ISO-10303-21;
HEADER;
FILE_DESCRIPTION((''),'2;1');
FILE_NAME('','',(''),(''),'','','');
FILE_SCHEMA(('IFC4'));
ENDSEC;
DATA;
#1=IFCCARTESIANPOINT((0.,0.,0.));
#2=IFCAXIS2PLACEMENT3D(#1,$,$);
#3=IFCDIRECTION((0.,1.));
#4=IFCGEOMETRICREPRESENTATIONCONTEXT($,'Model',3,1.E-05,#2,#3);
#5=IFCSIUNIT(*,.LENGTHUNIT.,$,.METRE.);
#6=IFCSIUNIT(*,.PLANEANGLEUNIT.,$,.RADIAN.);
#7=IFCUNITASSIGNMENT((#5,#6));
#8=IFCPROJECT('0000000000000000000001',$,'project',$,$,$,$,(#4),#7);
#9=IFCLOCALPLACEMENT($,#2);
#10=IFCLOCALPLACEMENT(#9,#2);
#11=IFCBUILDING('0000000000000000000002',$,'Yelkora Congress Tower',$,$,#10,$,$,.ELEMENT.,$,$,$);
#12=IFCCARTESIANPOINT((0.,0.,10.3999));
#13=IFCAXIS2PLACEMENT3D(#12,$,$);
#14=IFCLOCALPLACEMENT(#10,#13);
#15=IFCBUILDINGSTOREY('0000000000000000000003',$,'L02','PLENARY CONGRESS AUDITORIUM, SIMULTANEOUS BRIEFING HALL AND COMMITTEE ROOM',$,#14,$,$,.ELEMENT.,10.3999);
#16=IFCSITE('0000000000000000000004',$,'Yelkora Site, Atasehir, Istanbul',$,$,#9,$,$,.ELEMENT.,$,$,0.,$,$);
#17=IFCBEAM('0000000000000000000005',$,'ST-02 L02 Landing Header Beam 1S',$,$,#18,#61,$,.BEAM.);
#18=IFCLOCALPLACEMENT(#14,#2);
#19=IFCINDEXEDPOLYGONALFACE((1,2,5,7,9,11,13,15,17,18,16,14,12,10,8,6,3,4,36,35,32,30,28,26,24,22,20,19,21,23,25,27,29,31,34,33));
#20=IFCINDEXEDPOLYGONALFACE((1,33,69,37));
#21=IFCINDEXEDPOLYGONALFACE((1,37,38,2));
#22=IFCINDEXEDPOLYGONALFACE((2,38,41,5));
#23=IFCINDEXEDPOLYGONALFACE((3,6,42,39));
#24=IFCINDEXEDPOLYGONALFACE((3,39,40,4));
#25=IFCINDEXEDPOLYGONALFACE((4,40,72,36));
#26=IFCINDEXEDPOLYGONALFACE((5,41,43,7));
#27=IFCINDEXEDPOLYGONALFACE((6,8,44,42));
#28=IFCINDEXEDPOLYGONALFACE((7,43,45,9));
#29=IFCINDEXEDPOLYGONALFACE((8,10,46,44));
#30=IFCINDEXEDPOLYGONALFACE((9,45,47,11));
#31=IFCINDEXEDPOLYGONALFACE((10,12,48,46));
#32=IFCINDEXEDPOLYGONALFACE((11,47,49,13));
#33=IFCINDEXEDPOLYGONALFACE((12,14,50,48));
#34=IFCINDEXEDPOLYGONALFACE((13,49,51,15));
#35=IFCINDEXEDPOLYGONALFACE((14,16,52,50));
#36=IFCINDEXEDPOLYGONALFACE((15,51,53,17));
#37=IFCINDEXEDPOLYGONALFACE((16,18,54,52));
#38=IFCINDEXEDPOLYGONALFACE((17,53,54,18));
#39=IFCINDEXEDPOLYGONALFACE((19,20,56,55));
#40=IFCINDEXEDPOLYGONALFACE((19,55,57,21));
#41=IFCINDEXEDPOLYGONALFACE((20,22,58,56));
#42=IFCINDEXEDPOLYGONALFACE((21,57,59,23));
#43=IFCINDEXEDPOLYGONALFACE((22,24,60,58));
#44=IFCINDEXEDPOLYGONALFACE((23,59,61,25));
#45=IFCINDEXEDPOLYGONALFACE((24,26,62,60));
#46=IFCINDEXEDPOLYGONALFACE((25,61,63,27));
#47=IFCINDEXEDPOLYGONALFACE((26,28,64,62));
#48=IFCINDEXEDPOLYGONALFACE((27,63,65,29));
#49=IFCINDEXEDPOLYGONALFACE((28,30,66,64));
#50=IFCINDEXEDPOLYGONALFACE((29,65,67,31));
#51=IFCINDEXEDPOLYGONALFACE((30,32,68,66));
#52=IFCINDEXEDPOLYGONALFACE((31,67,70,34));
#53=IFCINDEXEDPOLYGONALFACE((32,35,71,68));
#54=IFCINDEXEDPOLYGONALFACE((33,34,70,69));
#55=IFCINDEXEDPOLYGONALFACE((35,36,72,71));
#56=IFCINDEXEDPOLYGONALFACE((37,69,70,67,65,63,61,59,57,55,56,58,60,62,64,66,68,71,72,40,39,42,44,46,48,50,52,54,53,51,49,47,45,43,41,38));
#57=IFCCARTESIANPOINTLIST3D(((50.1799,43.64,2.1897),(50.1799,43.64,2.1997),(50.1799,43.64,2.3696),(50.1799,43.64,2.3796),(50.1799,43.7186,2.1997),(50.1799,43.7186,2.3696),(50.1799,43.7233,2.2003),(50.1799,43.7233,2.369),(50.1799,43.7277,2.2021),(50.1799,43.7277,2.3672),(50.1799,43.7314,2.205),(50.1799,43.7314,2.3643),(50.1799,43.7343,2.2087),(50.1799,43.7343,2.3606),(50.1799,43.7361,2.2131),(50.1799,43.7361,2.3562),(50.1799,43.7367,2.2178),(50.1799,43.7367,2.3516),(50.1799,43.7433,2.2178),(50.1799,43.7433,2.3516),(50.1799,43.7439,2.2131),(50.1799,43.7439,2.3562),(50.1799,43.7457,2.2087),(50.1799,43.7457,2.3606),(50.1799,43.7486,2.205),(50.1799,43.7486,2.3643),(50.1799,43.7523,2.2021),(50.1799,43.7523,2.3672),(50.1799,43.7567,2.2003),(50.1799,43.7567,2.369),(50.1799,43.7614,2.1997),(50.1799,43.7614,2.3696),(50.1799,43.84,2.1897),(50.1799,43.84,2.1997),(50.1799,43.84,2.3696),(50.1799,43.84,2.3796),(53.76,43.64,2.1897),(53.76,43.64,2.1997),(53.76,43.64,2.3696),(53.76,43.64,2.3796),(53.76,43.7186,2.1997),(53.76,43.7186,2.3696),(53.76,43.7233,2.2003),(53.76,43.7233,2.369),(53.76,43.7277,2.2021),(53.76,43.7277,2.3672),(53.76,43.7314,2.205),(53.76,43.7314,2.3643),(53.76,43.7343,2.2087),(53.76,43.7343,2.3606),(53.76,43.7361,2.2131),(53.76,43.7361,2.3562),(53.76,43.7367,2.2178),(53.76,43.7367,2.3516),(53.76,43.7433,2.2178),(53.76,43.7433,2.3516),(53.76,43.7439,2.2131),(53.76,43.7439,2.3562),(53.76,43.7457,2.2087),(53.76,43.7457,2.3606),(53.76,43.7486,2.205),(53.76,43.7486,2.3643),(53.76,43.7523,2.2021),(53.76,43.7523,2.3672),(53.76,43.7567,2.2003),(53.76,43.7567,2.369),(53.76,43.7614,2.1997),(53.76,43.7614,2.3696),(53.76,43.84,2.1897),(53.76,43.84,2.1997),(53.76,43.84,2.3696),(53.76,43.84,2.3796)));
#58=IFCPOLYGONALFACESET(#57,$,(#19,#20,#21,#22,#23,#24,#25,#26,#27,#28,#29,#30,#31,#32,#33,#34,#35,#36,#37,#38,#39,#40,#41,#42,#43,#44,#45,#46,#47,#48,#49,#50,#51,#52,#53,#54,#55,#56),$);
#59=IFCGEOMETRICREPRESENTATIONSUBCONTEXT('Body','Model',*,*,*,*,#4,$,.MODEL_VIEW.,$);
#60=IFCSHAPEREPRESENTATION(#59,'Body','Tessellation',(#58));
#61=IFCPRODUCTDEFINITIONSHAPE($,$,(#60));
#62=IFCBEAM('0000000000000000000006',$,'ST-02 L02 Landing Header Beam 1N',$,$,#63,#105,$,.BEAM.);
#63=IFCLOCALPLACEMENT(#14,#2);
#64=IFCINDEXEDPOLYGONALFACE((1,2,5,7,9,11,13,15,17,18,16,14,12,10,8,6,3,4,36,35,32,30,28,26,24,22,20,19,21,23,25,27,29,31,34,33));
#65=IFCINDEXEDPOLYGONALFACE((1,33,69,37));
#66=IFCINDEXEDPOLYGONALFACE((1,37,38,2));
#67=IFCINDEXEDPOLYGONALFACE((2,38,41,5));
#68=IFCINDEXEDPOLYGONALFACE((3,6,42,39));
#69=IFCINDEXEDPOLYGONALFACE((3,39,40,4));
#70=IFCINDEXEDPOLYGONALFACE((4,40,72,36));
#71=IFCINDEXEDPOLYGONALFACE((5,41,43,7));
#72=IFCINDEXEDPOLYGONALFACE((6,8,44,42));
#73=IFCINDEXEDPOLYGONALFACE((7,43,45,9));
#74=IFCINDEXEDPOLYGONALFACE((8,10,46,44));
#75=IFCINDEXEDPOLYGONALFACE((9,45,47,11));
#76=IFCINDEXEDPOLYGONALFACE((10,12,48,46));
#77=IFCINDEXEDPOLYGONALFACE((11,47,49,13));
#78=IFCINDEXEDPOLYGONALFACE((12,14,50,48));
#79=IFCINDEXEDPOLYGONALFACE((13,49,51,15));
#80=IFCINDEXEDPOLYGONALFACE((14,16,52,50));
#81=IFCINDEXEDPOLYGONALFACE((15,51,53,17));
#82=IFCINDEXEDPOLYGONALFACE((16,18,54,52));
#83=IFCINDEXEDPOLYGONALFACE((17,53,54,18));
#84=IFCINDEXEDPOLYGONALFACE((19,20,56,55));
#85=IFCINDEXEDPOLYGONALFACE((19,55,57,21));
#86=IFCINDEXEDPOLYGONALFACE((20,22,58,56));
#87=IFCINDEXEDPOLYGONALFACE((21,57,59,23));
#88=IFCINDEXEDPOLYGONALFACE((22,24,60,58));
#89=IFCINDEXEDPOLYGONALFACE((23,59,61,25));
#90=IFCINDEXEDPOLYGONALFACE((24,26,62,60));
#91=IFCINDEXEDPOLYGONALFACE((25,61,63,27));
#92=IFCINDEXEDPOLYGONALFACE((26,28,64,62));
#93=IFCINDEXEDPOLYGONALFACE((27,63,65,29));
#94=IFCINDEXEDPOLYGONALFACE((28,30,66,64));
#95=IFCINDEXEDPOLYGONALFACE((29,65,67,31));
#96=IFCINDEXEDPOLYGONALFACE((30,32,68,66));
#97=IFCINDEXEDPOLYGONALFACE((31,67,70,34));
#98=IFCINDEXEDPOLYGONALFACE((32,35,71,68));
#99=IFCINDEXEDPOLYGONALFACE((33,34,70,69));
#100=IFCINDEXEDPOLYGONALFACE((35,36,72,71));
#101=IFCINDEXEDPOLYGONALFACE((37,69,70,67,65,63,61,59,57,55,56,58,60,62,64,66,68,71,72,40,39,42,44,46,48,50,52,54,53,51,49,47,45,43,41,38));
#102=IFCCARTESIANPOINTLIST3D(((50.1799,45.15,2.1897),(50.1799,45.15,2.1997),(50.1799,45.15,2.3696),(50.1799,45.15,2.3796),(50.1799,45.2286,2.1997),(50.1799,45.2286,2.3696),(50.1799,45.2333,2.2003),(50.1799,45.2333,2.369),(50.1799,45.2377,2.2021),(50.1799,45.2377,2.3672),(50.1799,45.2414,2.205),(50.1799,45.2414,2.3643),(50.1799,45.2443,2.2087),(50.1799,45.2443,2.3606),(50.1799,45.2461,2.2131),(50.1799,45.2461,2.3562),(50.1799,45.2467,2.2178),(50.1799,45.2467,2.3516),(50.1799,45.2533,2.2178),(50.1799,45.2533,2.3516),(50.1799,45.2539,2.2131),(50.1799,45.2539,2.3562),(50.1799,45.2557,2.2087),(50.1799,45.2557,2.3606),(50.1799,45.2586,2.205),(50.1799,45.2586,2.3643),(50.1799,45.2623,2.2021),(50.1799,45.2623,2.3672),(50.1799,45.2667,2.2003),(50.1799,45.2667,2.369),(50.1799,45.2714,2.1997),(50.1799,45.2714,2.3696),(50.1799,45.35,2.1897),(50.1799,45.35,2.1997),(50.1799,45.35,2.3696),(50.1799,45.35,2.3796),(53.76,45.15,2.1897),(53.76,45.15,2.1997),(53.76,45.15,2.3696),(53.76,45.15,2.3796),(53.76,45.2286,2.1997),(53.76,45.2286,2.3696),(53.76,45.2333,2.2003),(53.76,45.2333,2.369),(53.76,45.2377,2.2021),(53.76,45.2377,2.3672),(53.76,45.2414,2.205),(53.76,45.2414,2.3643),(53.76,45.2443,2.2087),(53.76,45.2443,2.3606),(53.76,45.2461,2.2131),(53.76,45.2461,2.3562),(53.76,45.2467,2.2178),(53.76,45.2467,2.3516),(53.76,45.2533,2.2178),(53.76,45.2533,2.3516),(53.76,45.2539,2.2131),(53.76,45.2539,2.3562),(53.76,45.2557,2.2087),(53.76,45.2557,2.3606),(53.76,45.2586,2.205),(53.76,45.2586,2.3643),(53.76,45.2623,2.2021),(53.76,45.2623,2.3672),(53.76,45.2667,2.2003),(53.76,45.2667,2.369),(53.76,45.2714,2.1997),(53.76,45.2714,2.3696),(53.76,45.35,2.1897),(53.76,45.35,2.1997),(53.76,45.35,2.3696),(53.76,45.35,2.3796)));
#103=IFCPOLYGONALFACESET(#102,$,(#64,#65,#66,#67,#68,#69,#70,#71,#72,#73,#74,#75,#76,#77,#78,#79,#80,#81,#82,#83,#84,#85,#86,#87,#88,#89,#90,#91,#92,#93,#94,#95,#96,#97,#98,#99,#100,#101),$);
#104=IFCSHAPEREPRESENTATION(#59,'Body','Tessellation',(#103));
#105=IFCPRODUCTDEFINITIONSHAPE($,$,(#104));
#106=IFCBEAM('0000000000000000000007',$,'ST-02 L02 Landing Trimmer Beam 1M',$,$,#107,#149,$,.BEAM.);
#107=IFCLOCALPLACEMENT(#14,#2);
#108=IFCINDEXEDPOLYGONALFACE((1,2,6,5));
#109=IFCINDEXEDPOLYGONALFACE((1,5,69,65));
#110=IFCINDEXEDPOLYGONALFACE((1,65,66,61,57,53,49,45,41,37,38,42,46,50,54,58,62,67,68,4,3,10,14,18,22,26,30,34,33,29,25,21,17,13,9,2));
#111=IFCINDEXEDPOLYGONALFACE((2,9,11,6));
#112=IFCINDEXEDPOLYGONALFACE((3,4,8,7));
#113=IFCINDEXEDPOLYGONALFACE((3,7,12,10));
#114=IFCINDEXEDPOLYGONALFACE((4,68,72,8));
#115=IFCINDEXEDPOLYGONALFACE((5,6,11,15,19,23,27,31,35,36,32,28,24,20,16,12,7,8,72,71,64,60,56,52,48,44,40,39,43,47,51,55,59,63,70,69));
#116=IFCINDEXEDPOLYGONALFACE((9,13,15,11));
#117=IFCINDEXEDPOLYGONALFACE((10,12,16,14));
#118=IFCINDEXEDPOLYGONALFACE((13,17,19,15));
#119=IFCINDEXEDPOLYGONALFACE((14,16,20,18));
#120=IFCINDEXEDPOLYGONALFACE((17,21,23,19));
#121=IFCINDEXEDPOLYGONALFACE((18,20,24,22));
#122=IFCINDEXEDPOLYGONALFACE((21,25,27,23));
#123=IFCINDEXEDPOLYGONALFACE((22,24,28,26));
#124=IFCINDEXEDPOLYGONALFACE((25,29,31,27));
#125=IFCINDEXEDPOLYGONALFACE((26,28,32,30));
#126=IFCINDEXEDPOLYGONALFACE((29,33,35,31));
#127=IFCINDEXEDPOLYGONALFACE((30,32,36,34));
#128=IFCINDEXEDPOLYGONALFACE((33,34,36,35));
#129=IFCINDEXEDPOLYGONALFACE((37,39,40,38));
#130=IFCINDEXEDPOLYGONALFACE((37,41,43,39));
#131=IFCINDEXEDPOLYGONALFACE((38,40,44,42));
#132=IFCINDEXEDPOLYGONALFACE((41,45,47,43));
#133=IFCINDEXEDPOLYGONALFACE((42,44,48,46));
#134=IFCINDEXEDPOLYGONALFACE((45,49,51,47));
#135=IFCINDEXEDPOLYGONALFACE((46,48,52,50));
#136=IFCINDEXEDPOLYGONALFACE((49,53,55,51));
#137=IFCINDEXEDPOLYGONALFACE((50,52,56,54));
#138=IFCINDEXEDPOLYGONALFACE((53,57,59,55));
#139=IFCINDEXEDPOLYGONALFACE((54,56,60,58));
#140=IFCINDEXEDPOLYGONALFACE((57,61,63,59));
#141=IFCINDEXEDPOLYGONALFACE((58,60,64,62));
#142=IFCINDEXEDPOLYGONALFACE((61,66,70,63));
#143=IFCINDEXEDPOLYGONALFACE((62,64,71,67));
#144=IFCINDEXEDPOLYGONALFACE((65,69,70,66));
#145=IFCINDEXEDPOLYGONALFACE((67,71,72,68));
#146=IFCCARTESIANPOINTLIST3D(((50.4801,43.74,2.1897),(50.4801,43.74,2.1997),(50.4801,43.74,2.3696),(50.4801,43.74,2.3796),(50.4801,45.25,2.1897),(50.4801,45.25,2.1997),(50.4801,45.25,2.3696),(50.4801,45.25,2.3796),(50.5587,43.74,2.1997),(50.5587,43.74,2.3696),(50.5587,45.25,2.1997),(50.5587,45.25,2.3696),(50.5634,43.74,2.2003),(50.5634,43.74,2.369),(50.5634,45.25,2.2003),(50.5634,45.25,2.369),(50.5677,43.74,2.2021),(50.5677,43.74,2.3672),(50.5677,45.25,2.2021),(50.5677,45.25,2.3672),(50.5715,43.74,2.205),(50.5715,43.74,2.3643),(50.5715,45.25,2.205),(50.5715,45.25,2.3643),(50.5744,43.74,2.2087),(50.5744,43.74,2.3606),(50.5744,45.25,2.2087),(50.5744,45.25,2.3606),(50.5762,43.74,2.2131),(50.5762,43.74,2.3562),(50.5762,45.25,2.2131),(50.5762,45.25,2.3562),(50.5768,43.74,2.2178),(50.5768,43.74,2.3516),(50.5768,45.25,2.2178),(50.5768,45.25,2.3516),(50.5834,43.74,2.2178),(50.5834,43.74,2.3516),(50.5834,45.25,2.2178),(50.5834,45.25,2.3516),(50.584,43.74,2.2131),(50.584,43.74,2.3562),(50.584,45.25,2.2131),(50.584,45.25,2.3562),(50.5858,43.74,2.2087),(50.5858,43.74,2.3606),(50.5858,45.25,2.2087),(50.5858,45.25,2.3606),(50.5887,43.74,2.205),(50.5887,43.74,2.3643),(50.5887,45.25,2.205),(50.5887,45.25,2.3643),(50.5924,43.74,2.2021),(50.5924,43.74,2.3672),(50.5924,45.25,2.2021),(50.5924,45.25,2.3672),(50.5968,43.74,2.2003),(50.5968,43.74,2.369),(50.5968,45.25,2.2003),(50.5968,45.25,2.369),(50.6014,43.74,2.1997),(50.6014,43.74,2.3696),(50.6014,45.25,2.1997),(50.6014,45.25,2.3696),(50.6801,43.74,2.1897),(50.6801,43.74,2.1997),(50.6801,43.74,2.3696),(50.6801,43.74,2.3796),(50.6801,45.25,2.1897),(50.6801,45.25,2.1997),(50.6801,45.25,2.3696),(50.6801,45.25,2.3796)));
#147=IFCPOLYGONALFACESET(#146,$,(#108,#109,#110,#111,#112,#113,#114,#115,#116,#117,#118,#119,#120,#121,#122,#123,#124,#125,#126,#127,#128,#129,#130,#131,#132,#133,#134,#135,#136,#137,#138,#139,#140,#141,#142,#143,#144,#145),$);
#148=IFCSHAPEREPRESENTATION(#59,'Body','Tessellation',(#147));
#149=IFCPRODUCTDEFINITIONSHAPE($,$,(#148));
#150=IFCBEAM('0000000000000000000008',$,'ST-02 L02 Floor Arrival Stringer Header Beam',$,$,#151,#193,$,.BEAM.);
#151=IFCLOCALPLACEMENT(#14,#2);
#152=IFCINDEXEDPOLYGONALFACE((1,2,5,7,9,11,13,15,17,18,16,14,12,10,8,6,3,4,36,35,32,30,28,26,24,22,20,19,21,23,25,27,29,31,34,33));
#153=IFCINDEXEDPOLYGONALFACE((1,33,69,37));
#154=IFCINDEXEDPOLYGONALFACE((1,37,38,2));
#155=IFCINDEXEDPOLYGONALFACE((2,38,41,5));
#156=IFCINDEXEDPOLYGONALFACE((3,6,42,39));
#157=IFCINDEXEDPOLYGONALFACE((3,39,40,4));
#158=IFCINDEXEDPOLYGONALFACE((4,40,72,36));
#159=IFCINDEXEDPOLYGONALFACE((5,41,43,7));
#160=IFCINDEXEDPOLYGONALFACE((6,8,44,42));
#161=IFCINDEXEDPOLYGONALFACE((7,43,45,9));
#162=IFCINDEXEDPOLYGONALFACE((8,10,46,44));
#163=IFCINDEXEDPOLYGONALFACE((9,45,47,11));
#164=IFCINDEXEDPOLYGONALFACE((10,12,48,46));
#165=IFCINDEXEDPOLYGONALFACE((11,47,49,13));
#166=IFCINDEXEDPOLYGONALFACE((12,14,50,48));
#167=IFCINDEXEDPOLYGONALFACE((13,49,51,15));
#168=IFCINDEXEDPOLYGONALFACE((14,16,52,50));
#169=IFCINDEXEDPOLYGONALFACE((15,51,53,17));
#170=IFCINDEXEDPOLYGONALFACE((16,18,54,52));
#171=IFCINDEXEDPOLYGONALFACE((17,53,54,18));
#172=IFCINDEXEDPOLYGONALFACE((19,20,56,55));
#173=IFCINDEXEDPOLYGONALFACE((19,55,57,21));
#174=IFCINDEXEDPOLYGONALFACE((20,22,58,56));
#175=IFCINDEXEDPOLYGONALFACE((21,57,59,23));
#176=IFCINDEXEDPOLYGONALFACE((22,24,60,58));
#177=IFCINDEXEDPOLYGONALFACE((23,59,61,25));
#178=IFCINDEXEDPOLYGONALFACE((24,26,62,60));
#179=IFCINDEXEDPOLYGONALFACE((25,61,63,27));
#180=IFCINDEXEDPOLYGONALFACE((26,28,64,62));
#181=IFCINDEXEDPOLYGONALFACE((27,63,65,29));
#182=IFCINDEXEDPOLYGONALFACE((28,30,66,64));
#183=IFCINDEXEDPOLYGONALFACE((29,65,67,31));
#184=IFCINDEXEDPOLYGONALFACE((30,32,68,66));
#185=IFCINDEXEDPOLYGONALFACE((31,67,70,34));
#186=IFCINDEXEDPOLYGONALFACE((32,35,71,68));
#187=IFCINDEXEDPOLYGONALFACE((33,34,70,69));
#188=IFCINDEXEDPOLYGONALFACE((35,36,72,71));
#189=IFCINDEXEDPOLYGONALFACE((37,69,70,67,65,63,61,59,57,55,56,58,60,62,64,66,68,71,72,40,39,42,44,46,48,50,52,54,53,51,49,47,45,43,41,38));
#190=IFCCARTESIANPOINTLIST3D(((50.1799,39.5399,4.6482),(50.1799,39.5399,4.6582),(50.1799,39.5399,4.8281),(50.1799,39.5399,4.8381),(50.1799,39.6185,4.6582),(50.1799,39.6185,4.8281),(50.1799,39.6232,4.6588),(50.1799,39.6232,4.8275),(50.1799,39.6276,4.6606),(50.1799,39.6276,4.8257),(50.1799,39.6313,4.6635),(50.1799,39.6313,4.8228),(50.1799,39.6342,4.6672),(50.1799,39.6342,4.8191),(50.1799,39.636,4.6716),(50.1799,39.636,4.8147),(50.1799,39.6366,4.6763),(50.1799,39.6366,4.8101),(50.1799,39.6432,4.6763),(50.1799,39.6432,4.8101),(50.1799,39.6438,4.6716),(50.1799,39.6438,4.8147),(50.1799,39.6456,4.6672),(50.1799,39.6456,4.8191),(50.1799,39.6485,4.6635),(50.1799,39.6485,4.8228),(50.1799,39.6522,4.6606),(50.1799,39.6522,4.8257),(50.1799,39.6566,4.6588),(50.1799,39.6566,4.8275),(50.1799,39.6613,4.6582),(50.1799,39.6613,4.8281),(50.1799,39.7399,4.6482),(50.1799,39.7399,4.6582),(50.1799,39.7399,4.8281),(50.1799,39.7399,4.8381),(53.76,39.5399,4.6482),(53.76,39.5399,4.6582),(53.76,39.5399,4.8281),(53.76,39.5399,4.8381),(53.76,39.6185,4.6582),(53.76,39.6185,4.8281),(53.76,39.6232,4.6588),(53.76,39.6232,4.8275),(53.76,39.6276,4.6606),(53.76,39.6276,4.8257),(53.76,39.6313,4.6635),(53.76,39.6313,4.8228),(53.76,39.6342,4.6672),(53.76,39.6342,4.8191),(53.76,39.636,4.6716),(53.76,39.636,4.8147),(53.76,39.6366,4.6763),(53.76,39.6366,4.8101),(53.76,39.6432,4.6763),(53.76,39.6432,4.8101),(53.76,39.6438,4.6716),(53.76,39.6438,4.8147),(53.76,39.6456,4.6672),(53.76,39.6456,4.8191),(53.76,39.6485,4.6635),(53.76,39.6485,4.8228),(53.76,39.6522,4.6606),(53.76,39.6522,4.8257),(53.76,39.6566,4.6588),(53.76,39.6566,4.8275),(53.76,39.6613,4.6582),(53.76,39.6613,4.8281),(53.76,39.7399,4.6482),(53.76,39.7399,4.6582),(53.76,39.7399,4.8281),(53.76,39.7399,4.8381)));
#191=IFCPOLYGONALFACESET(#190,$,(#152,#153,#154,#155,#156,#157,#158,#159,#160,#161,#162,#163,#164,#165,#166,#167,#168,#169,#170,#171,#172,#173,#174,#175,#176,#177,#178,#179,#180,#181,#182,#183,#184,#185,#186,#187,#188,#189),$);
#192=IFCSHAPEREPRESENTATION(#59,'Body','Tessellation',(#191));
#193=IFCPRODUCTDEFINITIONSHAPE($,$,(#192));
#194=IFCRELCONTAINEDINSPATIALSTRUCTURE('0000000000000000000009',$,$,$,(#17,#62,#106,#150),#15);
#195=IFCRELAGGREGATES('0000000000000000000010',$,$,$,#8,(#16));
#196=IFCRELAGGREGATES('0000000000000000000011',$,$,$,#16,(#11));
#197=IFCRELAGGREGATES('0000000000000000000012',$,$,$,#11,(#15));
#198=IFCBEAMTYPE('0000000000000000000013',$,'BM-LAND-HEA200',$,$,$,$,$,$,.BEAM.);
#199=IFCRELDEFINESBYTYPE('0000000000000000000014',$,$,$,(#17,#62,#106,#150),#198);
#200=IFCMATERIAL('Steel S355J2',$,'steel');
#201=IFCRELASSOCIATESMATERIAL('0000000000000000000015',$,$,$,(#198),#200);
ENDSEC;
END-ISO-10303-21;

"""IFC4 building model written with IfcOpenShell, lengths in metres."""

from ifc_helpers import new_model, si_unit, direction, frame, origin, origin_2d, place, context, subcontext, project, spatial, i_section, extrude, material, material_profile, profile_set, type_object, element, save


model = new_model("IFC4")

# Units and contexts
model_context = context("Model", 3, precision=1e-05, world=origin(), true_north=direction((0.0, 1.0)))
body_context = subcontext(model_context, "Body", "Model", "MODEL_VIEW")
ifc_project = project(units=[si_unit("LENGTHUNIT", "METRE"), si_unit("PLANEANGLEUNIT", "RADIAN")], contexts=[model_context])

# Site, building, storey
site_placement = place(None, origin())
site = spatial("IfcSite", under=ifc_project, at=site_placement, Name="Yelkora Site, Atasehir, Istanbul", CompositionType="ELEMENT", RefElevation=0.0)
building_placement = place(site_placement, origin())
building = spatial("IfcBuilding", under=site, at=building_placement, Name="Yelkora Congress Tower", CompositionType="ELEMENT")
storey_placement = place(building_placement, frame((0.0, 0.0, 10.3999)))
storey = spatial("IfcBuildingStorey", under=building, at=storey_placement, Name="L02", Description="PLENARY CONGRESS AUDITORIUM, SIMULTANEOUS BRIEFING HALL AND COMMITTEE ROOM", CompositionType="ELEMENT", Elevation=10.3999)

# Beams
ifc_material_1 = material(Name="Steel S355J2", Category="steel")
ifc_material_profile = material_profile(ifc_material_1, i_section(OverallWidth=0.2, OverallDepth=0.1899, WebThickness=0.0066, FlangeThickness=0.01, FilletRadius=0.0181, at=origin_2d()), Name="HEA 200")
ifc_profile_set = profile_set([ifc_material_profile], Name="Steel S355J2")
beam_type = type_object("IfcBeamType", Name="BM-LAND-HEA200", PredefinedType="BEAM", material=ifc_profile_set)
for number, where, z_axis, x_axis, name in (
    (1, (50.1799, 43.74, 2.2847), (1.0, 0.0, 0.0), (0.0, 1.0, 0.0), "ST-02 L02 Landing Header Beam 1S"),
    (2, (50.1799, 45.25, 2.2847), (1.0, 0.0, 0.0), (0.0, 1.0, 0.0), "ST-02 L02 Landing Header Beam 1N"),
):
    element("IfcBeam", number, at=place(storey_placement, frame(where, z_axis=z_axis, x_axis=x_axis)), inside=storey, type_object=beam_type, Name=name, PredefinedType="BEAM", context=body_context, shape_type="SweptSolid", body=[
        extrude(i_section(OverallWidth=0.2, OverallDepth=0.1899, WebThickness=0.0066, FlangeThickness=0.01, FilletRadius=0.0181, at=origin_2d()), origin(), (0.0, 0.0, 1.0), 3.5801),
    ])
beam_1_placement = place(storey_placement, frame((50.5801, 43.74, 2.2847), z_axis=(0.0, 1.0, 0.0), x_axis=(-1.0, 0.0, 0.0)))
element("IfcBeam", 3, at=beam_1_placement, inside=storey, type_object=beam_type, Name="ST-02 L02 Landing Trimmer Beam 1M", PredefinedType="BEAM", context=body_context, shape_type="SweptSolid", body=[
    extrude(i_section(OverallWidth=0.2, OverallDepth=0.1899, WebThickness=0.0066, FlangeThickness=0.01, FilletRadius=0.0181, at=origin_2d()), origin(), (0.0, 0.0, 1.0), 1.51),
])
beam_2_placement = place(storey_placement, frame((50.1799, 39.6399, 4.7432), z_axis=(1.0, 0.0, 0.0), x_axis=(0.0, 1.0, 0.0)))
element("IfcBeam", 4, at=beam_2_placement, inside=storey, type_object=beam_type, Name="ST-02 L02 Floor Arrival Stringer Header Beam", PredefinedType="BEAM", context=body_context, shape_type="SweptSolid", body=[
    extrude(i_section(OverallWidth=0.2, OverallDepth=0.1899, WebThickness=0.0066, FlangeThickness=0.01, FilletRadius=0.0181, at=origin_2d()), origin(), (0.0, 0.0, 1.0), 3.5801),
])

save(model, "model.ifc")
